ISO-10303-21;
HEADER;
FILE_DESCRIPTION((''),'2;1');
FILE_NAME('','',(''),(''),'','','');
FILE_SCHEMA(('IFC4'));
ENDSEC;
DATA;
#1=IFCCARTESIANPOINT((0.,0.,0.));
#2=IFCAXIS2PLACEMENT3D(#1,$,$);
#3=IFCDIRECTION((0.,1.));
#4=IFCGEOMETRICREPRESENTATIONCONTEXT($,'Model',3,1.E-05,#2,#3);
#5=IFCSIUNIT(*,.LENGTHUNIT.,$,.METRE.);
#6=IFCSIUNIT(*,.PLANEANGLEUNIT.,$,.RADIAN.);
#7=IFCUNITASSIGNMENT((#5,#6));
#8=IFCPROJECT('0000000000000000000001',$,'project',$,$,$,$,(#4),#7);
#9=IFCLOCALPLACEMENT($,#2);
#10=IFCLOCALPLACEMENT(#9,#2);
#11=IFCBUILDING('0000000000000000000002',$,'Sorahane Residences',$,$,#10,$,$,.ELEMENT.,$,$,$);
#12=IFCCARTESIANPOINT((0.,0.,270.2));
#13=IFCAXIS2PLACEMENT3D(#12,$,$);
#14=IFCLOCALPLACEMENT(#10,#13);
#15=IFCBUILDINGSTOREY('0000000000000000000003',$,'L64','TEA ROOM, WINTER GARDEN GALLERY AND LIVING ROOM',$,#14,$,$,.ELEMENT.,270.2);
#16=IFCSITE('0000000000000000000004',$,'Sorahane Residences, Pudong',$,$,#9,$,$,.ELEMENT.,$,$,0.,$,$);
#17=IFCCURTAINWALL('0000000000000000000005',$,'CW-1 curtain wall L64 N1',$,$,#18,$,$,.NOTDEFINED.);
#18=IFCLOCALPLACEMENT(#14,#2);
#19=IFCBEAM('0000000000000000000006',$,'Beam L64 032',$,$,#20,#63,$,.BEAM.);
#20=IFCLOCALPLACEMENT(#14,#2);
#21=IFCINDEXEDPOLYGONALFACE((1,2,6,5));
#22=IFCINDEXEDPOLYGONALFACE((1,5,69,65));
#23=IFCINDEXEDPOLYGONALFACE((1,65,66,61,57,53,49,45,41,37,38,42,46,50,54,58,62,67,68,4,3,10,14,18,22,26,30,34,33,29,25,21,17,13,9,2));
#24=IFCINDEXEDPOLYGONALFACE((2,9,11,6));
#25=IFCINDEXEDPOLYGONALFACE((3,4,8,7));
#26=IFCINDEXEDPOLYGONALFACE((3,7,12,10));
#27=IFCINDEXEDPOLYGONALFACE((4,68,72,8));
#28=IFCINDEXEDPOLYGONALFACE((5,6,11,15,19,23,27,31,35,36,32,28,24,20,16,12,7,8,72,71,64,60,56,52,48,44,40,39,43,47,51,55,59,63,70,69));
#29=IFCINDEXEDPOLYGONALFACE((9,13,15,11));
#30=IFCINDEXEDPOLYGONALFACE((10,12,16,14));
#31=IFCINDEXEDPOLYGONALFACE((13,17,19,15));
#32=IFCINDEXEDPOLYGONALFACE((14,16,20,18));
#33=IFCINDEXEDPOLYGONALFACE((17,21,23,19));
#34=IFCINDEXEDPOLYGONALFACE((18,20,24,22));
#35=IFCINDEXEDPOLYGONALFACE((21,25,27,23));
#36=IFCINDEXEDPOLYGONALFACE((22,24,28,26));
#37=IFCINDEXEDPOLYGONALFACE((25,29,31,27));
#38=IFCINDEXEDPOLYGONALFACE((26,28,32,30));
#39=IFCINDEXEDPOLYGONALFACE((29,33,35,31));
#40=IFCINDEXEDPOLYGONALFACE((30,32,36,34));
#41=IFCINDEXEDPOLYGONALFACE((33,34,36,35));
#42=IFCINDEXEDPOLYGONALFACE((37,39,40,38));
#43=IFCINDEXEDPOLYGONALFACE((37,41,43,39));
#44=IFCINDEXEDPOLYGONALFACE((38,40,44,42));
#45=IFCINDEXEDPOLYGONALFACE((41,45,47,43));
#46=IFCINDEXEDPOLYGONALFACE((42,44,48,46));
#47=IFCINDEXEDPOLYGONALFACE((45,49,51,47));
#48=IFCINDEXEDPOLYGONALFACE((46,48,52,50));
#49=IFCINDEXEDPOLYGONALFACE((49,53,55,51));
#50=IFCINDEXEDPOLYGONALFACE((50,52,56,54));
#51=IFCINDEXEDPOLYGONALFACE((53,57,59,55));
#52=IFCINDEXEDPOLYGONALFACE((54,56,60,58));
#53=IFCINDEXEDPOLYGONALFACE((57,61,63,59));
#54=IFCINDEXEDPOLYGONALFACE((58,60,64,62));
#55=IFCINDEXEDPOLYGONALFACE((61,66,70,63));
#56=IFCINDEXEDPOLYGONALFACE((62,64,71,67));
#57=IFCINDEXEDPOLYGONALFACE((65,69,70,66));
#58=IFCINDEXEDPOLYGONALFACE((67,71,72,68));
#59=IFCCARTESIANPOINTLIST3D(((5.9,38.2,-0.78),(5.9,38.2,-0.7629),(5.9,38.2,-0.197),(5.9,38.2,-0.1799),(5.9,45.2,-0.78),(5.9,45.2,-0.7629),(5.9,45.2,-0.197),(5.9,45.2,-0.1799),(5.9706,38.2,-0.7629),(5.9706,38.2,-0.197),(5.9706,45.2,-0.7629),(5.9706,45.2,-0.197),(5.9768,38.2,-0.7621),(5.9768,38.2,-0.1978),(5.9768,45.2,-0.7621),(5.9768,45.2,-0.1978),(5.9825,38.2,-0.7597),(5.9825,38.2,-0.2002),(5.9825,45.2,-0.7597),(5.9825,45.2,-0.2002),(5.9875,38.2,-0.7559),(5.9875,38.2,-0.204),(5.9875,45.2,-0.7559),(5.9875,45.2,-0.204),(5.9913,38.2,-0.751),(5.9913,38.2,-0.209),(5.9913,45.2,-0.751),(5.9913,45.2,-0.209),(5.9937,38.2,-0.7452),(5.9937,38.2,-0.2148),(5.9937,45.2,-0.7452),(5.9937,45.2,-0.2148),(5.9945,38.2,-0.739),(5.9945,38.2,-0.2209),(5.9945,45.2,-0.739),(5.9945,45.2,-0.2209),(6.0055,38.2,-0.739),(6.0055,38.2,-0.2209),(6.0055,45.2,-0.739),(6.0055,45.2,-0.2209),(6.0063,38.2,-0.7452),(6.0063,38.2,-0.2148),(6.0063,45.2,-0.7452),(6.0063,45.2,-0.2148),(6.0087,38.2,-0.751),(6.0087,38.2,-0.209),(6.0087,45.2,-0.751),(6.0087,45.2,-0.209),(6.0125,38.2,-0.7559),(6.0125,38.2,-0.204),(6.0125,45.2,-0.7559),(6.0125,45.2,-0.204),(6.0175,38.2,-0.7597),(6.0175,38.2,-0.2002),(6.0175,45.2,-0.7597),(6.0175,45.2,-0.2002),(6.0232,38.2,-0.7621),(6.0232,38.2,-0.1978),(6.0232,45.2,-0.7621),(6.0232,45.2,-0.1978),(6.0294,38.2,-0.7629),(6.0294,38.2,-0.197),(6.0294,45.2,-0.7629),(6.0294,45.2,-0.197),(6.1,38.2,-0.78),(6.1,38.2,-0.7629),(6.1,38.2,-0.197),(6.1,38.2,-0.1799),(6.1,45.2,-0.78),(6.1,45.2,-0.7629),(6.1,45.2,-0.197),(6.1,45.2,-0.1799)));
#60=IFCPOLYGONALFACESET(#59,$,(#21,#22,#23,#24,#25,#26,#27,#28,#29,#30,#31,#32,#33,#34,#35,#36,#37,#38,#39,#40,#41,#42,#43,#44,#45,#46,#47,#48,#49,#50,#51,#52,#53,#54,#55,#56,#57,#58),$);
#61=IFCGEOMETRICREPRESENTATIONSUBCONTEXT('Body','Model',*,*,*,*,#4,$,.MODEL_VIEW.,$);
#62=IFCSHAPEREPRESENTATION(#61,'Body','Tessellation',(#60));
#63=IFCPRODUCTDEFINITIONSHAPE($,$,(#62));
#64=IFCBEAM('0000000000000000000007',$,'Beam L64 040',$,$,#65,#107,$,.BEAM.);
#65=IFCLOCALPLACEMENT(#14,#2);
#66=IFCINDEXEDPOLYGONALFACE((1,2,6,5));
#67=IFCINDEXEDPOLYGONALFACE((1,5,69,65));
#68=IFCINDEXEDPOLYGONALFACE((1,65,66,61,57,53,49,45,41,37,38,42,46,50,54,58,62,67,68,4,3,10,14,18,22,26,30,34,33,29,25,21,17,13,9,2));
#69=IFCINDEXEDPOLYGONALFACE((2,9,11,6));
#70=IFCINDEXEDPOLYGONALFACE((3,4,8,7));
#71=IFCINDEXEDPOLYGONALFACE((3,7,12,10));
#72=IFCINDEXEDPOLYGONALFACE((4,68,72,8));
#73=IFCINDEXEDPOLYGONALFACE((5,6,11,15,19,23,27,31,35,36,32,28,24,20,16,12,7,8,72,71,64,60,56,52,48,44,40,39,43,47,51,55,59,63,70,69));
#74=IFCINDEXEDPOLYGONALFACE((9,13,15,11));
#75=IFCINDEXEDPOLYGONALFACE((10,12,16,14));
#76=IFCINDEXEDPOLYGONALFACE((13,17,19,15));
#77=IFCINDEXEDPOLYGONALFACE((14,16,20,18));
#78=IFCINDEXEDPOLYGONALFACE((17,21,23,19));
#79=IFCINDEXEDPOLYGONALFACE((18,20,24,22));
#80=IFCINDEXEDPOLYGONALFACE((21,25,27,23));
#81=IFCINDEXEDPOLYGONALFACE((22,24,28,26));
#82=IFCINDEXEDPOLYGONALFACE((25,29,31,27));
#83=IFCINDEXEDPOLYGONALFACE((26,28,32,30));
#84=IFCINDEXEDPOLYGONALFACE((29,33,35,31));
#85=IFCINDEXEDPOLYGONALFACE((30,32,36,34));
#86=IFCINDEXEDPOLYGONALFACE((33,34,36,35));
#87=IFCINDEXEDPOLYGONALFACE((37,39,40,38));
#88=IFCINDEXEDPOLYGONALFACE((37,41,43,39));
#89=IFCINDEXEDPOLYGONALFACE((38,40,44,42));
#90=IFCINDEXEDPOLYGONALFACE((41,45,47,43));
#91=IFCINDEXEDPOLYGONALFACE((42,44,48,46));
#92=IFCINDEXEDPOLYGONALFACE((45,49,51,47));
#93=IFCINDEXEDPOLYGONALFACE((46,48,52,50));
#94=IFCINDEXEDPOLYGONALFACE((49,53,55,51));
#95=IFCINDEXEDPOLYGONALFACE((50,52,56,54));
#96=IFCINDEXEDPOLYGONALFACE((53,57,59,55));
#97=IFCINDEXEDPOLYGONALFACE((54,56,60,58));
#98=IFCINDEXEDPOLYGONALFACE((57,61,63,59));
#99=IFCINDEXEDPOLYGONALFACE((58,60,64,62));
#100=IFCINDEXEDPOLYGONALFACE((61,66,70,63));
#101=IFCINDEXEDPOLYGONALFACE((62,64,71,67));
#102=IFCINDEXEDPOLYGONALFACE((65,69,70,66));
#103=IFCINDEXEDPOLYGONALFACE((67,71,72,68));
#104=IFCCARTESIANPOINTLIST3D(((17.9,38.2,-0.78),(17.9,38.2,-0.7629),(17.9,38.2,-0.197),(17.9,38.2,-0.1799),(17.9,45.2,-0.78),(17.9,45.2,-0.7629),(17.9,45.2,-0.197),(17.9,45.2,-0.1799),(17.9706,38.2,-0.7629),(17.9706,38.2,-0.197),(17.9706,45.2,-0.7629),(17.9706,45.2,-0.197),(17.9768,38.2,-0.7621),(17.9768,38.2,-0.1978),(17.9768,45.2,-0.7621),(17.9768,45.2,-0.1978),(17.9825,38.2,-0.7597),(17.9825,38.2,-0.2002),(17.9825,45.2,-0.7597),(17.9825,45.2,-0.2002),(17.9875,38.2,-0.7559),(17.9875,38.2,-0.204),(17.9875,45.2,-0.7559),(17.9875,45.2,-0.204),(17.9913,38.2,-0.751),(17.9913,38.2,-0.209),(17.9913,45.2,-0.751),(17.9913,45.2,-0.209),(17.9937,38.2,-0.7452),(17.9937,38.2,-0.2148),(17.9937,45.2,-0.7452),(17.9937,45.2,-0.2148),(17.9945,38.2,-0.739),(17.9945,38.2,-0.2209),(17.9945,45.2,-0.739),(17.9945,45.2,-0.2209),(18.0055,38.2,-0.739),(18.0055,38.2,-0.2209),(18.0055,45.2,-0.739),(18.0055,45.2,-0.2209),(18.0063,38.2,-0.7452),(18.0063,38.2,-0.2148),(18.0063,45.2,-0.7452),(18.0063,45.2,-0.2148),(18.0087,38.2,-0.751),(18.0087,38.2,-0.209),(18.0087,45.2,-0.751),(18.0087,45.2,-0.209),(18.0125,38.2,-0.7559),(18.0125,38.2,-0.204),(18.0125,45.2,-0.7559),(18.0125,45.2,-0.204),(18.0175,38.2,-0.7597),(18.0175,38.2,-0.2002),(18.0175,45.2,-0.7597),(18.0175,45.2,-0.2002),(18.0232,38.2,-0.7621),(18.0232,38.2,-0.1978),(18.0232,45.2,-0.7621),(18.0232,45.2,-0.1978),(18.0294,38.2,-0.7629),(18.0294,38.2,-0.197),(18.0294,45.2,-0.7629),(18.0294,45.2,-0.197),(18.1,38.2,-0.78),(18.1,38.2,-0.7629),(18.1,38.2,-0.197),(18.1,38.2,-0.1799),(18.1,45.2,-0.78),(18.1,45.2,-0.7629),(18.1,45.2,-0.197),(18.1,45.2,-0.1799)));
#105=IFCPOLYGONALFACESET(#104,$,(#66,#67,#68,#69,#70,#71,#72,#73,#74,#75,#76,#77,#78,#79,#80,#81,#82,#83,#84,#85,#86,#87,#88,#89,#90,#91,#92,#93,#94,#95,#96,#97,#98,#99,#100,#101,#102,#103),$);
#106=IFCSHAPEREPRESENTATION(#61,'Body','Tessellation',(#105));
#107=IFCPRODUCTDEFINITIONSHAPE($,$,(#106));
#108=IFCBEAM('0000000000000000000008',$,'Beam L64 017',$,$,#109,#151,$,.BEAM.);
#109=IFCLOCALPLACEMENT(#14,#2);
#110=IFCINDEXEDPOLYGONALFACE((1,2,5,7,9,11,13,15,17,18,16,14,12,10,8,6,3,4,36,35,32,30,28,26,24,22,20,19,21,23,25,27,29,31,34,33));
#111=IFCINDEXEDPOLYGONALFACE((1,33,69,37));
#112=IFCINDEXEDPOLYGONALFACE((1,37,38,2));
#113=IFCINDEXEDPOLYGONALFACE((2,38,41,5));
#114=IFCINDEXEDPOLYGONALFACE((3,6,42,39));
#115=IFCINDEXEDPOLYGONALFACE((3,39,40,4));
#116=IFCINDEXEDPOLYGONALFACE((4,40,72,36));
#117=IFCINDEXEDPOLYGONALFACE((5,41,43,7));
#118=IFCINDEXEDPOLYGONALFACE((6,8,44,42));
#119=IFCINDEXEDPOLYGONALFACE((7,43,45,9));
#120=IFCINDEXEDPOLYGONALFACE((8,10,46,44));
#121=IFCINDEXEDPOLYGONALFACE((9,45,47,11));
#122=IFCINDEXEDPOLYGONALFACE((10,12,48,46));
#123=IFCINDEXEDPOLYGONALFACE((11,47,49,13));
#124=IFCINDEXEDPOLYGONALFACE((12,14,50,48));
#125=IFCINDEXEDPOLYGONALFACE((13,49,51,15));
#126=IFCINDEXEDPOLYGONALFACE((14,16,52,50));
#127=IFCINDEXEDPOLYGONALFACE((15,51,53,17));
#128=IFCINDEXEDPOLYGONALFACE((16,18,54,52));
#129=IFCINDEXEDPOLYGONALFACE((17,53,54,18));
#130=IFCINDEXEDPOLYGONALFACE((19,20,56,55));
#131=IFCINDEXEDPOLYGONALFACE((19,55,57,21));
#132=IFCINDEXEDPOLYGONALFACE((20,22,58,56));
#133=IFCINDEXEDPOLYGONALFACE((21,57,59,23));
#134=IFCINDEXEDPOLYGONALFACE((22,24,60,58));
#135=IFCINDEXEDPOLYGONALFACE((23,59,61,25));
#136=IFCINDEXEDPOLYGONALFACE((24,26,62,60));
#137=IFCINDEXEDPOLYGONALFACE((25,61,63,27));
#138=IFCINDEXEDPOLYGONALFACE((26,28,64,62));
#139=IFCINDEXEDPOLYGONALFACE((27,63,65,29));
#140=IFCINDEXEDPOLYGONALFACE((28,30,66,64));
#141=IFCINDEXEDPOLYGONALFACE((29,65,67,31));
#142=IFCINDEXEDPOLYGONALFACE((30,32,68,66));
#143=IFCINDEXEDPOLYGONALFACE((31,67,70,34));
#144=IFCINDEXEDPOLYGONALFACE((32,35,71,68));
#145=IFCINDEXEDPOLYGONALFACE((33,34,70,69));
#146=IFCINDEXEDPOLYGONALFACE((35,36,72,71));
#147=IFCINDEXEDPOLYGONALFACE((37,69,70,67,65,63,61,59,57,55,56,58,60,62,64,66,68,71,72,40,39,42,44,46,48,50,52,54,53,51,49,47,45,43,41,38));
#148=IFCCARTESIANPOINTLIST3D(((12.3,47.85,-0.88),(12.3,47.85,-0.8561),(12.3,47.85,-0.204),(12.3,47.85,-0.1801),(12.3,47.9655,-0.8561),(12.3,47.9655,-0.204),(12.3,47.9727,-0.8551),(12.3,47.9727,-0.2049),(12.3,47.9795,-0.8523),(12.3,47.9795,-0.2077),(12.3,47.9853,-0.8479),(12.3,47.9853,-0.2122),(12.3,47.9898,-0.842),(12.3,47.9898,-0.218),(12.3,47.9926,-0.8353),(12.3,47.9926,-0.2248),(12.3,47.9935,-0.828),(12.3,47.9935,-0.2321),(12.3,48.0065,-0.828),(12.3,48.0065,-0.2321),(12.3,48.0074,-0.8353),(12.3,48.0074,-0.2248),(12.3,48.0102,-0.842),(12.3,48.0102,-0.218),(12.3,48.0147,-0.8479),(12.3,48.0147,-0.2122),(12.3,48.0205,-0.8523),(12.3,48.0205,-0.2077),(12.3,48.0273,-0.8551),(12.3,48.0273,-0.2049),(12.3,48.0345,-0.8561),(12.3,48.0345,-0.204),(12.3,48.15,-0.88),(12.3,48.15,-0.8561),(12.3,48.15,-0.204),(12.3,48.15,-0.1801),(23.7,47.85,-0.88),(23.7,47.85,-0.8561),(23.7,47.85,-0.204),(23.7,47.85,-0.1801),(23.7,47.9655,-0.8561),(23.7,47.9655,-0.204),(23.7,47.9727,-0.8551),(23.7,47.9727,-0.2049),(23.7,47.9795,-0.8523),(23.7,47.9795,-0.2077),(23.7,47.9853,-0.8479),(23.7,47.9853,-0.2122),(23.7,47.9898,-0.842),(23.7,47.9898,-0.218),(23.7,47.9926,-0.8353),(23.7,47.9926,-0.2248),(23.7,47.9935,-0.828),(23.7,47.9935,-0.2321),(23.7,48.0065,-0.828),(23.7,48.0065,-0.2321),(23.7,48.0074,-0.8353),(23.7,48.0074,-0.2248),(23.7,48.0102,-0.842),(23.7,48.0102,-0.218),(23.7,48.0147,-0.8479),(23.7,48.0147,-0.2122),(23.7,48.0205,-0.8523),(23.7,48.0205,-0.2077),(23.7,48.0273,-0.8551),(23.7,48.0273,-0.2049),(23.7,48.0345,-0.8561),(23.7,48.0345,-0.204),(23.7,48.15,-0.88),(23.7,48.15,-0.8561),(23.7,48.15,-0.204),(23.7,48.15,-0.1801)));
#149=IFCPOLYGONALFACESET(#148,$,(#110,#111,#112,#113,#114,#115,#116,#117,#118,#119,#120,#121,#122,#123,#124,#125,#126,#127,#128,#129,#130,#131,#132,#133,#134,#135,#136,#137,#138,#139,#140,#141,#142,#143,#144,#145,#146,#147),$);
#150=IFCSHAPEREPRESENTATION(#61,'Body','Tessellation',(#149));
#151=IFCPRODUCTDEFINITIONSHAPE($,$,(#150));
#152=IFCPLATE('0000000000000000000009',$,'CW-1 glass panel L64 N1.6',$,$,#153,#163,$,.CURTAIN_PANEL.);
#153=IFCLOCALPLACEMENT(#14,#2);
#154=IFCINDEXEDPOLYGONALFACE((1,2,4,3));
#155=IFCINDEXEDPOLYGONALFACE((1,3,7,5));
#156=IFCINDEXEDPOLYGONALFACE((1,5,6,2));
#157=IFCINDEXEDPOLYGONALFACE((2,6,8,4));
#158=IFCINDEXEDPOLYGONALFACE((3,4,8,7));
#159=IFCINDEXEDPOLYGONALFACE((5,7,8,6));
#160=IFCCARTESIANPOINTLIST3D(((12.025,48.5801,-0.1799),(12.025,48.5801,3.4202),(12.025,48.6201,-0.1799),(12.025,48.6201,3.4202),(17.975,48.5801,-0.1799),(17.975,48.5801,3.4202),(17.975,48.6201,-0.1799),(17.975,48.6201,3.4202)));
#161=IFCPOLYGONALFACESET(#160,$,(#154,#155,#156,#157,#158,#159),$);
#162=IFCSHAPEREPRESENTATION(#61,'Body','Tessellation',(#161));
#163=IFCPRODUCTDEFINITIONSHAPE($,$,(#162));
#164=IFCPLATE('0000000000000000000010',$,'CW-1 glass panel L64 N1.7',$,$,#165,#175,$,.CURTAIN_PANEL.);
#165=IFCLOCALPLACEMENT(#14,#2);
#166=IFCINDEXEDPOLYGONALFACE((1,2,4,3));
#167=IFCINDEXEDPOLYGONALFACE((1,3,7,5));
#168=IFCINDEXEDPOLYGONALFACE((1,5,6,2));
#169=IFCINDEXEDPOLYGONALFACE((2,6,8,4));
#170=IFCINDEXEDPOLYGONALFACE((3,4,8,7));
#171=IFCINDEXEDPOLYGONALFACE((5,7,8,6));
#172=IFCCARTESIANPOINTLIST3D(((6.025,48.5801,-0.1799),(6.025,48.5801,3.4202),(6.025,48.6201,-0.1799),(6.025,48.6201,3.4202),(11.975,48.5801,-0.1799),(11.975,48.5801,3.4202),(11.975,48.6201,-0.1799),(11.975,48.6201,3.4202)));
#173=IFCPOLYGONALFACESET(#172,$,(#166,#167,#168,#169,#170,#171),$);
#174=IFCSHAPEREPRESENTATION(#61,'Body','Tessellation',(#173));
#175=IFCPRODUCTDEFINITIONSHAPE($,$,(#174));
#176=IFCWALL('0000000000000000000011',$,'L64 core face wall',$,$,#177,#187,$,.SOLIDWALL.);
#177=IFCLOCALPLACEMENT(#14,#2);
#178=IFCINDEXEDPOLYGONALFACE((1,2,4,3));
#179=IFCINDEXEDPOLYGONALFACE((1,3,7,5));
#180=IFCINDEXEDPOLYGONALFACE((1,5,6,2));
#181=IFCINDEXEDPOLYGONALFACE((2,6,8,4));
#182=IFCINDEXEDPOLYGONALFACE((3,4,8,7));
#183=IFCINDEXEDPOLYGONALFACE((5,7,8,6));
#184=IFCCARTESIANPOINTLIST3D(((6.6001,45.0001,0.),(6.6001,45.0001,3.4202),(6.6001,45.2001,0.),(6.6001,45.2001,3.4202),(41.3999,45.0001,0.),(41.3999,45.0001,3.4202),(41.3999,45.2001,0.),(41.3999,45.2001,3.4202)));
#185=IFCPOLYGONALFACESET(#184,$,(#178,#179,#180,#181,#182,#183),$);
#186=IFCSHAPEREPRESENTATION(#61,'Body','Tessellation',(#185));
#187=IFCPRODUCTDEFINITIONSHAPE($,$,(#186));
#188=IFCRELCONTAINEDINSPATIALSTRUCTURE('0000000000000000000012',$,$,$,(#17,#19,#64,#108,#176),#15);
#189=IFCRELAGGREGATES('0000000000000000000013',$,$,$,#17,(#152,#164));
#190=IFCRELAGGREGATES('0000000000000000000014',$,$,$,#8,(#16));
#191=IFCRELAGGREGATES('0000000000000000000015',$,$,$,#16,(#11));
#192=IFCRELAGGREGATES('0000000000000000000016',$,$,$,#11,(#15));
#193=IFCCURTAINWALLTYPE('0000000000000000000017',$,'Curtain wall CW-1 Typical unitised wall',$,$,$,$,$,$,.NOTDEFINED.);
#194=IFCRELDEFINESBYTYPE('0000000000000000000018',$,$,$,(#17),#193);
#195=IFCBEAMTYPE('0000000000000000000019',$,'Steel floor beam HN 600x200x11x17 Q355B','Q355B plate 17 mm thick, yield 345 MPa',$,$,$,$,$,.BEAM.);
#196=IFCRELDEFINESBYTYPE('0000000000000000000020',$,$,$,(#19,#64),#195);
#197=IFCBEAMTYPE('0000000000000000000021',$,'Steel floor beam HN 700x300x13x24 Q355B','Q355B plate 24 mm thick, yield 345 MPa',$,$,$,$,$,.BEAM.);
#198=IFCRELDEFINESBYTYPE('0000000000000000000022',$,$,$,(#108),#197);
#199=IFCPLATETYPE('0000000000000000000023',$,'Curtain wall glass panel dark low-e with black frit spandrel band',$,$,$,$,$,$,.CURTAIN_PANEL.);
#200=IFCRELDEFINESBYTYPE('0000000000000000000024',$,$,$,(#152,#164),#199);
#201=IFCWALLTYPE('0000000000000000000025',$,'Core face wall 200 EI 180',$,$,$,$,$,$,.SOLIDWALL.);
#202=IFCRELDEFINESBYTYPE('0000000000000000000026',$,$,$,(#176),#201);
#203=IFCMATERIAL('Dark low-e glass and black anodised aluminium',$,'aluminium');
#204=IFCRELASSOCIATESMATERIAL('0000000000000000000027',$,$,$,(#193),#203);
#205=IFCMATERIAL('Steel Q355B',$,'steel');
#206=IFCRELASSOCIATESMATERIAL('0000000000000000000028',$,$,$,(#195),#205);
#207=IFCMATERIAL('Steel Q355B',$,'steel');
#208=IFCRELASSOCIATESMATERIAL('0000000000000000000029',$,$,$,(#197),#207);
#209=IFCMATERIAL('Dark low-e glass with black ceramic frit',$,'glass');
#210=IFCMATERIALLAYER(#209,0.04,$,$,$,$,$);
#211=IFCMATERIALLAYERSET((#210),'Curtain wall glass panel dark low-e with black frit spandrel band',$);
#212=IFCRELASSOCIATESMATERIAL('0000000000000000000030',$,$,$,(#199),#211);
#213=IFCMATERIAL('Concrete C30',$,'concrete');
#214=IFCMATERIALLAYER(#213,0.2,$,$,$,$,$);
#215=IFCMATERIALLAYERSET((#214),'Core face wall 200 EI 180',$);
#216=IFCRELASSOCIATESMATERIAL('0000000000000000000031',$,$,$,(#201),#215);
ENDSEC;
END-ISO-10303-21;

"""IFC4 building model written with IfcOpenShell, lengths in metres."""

from ifc_helpers import new_model, si_unit, direction, frame, frame_2d, origin, origin_2d, place, context, subcontext, project, spatial, rectangle, i_section, extrude, material, layer, layer_set, material_profile, profile_set, type_object, element, aggregate, save


model = new_model("IFC4")

# Units and contexts
model_context = context("Model", 3, precision=1e-05, world=origin(), true_north=direction((0.0, 1.0)))
body_context = subcontext(model_context, "Body", "Model", "MODEL_VIEW")
ifc_project = project(units=[si_unit("LENGTHUNIT", "METRE"), si_unit("PLANEANGLEUNIT", "RADIAN")], contexts=[model_context])

# Site, building, storey
site_placement = place(None, origin())
site = spatial("IfcSite", under=ifc_project, at=site_placement, Name="Sorahane Residences, Pudong", CompositionType="ELEMENT", RefElevation=0.0)
building_placement = place(site_placement, origin())
building = spatial("IfcBuilding", under=site, at=building_placement, Name="Sorahane Residences", CompositionType="ELEMENT")
storey_placement = place(building_placement, frame((0.0, 0.0, 270.2)))
storey = spatial("IfcBuildingStorey", under=building, at=storey_placement, Name="L64", Description="TEA ROOM, WINTER GARDEN GALLERY AND LIVING ROOM", CompositionType="ELEMENT", Elevation=270.2)

# Curtain wall
ifc_material_1 = material(Name="Dark low-e glass and black anodised aluminium", Category="aluminium")
curtain_wall_type = type_object("IfcCurtainWallType", Name="Curtain wall CW-1 Typical unitised wall", PredefinedType="NOTDEFINED", material=ifc_material_1)
curtain_wall_placement = place(storey_placement, origin())
curtain_wall = element("IfcCurtainWall", 1, at=curtain_wall_placement, inside=storey, type_object=curtain_wall_type, Name="CW-1 curtain wall L64 N1", PredefinedType="NOTDEFINED")

# Beams
ifc_material_2 = material(Name="Steel Q355B", Category="steel")
ifc_material_profile_1 = material_profile(ifc_material_2, i_section(OverallWidth=0.2, OverallDepth=0.6001, WebThickness=0.011, FlangeThickness=0.0171, FilletRadius=0.0239, at=origin_2d()), Name="HN 600x200x11x17")
ifc_profile_set_1 = profile_set([ifc_material_profile_1], Name="Steel Q355B")
beam_type_1 = type_object("IfcBeamType", Name="Steel floor beam HN 600x200x11x17 Q355B", Description="Q355B plate 17 mm thick, yield 345 MPa", PredefinedType="BEAM", material=ifc_profile_set_1)
for number, where, z_axis, x_axis, name in (
    (2, (6.0, 38.2, -0.48), (0.0, 1.0, 0.0), (-1.0, 0.0, 0.0), "Beam L64 032"),
    (3, (18.0, 38.2, -0.48), (0.0, 1.0, 0.0), (-1.0, 0.0, 0.0), "Beam L64 040"),
):
    element("IfcBeam", number, at=place(storey_placement, frame(where, z_axis=z_axis, x_axis=x_axis)), inside=storey, type_object=beam_type_1, Name=name, PredefinedType="BEAM", context=body_context, shape_type="SweptSolid", body=[
        extrude(i_section(OverallWidth=0.2, OverallDepth=0.6001, WebThickness=0.011, FlangeThickness=0.0171, FilletRadius=0.0239, at=origin_2d()), origin(), (0.0, 0.0, 1.0), 7.0),
    ])
ifc_material_3 = material(Name="Steel Q355B", Category="steel")
ifc_material_profile_2 = material_profile(ifc_material_3, i_section(OverallWidth=0.3, OverallDepth=0.7, WebThickness=0.0129, FlangeThickness=0.0239, FilletRadius=0.0281, at=origin_2d()), Name="HN 700x300x13x24")
ifc_profile_set_2 = profile_set([ifc_material_profile_2], Name="Steel Q355B")
beam_type_2 = type_object("IfcBeamType", Name="Steel floor beam HN 700x300x13x24 Q355B", Description="Q355B plate 24 mm thick, yield 345 MPa", PredefinedType="BEAM", material=ifc_profile_set_2)
beam_1_placement = place(storey_placement, frame((12.3, 48.0, -0.53), z_axis=(1.0, 0.0, 0.0), x_axis=(0.0, 1.0, 0.0)))
element("IfcBeam", 4, at=beam_1_placement, inside=storey, type_object=beam_type_2, Name="Beam L64 017", PredefinedType="BEAM", context=body_context, shape_type="SweptSolid", body=[
    extrude(i_section(OverallWidth=0.3, OverallDepth=0.7, WebThickness=0.0129, FlangeThickness=0.0239, FilletRadius=0.0281, at=origin_2d()), origin(), (0.0, 0.0, 1.0), 11.3999),
])

# Plates
ifc_material_4 = material(Name="Dark low-e glass with black ceramic frit", Category="glass")
ifc_layer_1 = layer(ifc_material_4, 0.04)
ifc_layer_set_1 = layer_set([ifc_layer_1], Name="Curtain wall glass panel dark low-e with black frit spandrel band")
plate_type = type_object("IfcPlateType", Name="Curtain wall glass panel dark low-e with black frit spandrel band", PredefinedType="CURTAIN_PANEL", material=ifc_layer_set_1)
plate_1_placement = place(storey_placement, frame((15.0, 48.6001, -0.1799), z_axis=(0.0, 0.0, 1.0), x_axis=(-1.0, 0.0, 0.0)))
plate_1 = element("IfcPlate", 5, at=plate_1_placement, type_object=plate_type, Name="CW-1 glass panel L64 N1.6", PredefinedType="CURTAIN_PANEL", context=body_context, shape_type="SweptSolid", body=[
    extrude(rectangle(XDim=5.95, YDim=0.04, at=origin_2d()), origin(), (0.0, 0.0, 1.0), 3.6001),
])
plate_2_placement = place(storey_placement, frame((9.0, 48.6001, -0.1799), z_axis=(0.0, 0.0, 1.0), x_axis=(-1.0, 0.0, 0.0)))
plate_2 = element("IfcPlate", 6, at=plate_2_placement, type_object=plate_type, Name="CW-1 glass panel L64 N1.7", PredefinedType="CURTAIN_PANEL", context=body_context, shape_type="SweptSolid", body=[
    extrude(rectangle(XDim=5.95, YDim=0.04, at=origin_2d()), origin(), (0.0, 0.0, 1.0), 3.6001),
])
aggregate(curtain_wall, [plate_1, plate_2])

# Wall
ifc_material_5 = material(Name="Concrete C30", Category="concrete")
ifc_layer_2 = layer(ifc_material_5, 0.2)
ifc_layer_set_2 = layer_set([ifc_layer_2], Name="Core face wall 200 EI 180")
wall_type_1 = type_object("IfcWallType", Name="Core face wall 200 EI 180", PredefinedType="SOLIDWALL", material=ifc_layer_set_2)
wall_1_placement = place(storey_placement, frame((6.6001, 45.1001, 0.0), z_axis=(0.0, 0.0, 1.0), x_axis=(1.0, 0.0, 0.0)))
element("IfcWall", 7, at=wall_1_placement, inside=storey, type_object=wall_type_1, Name="L64 core face wall", PredefinedType="SOLIDWALL", context=body_context, shape_type="SweptSolid", body=[
    extrude(rectangle(XDim=34.7998, YDim=0.2, at=frame_2d((17.3999, 0.0))), origin(), (0.0, 0.0, 1.0), 3.4202),
])

save(model, "model.ifc")
